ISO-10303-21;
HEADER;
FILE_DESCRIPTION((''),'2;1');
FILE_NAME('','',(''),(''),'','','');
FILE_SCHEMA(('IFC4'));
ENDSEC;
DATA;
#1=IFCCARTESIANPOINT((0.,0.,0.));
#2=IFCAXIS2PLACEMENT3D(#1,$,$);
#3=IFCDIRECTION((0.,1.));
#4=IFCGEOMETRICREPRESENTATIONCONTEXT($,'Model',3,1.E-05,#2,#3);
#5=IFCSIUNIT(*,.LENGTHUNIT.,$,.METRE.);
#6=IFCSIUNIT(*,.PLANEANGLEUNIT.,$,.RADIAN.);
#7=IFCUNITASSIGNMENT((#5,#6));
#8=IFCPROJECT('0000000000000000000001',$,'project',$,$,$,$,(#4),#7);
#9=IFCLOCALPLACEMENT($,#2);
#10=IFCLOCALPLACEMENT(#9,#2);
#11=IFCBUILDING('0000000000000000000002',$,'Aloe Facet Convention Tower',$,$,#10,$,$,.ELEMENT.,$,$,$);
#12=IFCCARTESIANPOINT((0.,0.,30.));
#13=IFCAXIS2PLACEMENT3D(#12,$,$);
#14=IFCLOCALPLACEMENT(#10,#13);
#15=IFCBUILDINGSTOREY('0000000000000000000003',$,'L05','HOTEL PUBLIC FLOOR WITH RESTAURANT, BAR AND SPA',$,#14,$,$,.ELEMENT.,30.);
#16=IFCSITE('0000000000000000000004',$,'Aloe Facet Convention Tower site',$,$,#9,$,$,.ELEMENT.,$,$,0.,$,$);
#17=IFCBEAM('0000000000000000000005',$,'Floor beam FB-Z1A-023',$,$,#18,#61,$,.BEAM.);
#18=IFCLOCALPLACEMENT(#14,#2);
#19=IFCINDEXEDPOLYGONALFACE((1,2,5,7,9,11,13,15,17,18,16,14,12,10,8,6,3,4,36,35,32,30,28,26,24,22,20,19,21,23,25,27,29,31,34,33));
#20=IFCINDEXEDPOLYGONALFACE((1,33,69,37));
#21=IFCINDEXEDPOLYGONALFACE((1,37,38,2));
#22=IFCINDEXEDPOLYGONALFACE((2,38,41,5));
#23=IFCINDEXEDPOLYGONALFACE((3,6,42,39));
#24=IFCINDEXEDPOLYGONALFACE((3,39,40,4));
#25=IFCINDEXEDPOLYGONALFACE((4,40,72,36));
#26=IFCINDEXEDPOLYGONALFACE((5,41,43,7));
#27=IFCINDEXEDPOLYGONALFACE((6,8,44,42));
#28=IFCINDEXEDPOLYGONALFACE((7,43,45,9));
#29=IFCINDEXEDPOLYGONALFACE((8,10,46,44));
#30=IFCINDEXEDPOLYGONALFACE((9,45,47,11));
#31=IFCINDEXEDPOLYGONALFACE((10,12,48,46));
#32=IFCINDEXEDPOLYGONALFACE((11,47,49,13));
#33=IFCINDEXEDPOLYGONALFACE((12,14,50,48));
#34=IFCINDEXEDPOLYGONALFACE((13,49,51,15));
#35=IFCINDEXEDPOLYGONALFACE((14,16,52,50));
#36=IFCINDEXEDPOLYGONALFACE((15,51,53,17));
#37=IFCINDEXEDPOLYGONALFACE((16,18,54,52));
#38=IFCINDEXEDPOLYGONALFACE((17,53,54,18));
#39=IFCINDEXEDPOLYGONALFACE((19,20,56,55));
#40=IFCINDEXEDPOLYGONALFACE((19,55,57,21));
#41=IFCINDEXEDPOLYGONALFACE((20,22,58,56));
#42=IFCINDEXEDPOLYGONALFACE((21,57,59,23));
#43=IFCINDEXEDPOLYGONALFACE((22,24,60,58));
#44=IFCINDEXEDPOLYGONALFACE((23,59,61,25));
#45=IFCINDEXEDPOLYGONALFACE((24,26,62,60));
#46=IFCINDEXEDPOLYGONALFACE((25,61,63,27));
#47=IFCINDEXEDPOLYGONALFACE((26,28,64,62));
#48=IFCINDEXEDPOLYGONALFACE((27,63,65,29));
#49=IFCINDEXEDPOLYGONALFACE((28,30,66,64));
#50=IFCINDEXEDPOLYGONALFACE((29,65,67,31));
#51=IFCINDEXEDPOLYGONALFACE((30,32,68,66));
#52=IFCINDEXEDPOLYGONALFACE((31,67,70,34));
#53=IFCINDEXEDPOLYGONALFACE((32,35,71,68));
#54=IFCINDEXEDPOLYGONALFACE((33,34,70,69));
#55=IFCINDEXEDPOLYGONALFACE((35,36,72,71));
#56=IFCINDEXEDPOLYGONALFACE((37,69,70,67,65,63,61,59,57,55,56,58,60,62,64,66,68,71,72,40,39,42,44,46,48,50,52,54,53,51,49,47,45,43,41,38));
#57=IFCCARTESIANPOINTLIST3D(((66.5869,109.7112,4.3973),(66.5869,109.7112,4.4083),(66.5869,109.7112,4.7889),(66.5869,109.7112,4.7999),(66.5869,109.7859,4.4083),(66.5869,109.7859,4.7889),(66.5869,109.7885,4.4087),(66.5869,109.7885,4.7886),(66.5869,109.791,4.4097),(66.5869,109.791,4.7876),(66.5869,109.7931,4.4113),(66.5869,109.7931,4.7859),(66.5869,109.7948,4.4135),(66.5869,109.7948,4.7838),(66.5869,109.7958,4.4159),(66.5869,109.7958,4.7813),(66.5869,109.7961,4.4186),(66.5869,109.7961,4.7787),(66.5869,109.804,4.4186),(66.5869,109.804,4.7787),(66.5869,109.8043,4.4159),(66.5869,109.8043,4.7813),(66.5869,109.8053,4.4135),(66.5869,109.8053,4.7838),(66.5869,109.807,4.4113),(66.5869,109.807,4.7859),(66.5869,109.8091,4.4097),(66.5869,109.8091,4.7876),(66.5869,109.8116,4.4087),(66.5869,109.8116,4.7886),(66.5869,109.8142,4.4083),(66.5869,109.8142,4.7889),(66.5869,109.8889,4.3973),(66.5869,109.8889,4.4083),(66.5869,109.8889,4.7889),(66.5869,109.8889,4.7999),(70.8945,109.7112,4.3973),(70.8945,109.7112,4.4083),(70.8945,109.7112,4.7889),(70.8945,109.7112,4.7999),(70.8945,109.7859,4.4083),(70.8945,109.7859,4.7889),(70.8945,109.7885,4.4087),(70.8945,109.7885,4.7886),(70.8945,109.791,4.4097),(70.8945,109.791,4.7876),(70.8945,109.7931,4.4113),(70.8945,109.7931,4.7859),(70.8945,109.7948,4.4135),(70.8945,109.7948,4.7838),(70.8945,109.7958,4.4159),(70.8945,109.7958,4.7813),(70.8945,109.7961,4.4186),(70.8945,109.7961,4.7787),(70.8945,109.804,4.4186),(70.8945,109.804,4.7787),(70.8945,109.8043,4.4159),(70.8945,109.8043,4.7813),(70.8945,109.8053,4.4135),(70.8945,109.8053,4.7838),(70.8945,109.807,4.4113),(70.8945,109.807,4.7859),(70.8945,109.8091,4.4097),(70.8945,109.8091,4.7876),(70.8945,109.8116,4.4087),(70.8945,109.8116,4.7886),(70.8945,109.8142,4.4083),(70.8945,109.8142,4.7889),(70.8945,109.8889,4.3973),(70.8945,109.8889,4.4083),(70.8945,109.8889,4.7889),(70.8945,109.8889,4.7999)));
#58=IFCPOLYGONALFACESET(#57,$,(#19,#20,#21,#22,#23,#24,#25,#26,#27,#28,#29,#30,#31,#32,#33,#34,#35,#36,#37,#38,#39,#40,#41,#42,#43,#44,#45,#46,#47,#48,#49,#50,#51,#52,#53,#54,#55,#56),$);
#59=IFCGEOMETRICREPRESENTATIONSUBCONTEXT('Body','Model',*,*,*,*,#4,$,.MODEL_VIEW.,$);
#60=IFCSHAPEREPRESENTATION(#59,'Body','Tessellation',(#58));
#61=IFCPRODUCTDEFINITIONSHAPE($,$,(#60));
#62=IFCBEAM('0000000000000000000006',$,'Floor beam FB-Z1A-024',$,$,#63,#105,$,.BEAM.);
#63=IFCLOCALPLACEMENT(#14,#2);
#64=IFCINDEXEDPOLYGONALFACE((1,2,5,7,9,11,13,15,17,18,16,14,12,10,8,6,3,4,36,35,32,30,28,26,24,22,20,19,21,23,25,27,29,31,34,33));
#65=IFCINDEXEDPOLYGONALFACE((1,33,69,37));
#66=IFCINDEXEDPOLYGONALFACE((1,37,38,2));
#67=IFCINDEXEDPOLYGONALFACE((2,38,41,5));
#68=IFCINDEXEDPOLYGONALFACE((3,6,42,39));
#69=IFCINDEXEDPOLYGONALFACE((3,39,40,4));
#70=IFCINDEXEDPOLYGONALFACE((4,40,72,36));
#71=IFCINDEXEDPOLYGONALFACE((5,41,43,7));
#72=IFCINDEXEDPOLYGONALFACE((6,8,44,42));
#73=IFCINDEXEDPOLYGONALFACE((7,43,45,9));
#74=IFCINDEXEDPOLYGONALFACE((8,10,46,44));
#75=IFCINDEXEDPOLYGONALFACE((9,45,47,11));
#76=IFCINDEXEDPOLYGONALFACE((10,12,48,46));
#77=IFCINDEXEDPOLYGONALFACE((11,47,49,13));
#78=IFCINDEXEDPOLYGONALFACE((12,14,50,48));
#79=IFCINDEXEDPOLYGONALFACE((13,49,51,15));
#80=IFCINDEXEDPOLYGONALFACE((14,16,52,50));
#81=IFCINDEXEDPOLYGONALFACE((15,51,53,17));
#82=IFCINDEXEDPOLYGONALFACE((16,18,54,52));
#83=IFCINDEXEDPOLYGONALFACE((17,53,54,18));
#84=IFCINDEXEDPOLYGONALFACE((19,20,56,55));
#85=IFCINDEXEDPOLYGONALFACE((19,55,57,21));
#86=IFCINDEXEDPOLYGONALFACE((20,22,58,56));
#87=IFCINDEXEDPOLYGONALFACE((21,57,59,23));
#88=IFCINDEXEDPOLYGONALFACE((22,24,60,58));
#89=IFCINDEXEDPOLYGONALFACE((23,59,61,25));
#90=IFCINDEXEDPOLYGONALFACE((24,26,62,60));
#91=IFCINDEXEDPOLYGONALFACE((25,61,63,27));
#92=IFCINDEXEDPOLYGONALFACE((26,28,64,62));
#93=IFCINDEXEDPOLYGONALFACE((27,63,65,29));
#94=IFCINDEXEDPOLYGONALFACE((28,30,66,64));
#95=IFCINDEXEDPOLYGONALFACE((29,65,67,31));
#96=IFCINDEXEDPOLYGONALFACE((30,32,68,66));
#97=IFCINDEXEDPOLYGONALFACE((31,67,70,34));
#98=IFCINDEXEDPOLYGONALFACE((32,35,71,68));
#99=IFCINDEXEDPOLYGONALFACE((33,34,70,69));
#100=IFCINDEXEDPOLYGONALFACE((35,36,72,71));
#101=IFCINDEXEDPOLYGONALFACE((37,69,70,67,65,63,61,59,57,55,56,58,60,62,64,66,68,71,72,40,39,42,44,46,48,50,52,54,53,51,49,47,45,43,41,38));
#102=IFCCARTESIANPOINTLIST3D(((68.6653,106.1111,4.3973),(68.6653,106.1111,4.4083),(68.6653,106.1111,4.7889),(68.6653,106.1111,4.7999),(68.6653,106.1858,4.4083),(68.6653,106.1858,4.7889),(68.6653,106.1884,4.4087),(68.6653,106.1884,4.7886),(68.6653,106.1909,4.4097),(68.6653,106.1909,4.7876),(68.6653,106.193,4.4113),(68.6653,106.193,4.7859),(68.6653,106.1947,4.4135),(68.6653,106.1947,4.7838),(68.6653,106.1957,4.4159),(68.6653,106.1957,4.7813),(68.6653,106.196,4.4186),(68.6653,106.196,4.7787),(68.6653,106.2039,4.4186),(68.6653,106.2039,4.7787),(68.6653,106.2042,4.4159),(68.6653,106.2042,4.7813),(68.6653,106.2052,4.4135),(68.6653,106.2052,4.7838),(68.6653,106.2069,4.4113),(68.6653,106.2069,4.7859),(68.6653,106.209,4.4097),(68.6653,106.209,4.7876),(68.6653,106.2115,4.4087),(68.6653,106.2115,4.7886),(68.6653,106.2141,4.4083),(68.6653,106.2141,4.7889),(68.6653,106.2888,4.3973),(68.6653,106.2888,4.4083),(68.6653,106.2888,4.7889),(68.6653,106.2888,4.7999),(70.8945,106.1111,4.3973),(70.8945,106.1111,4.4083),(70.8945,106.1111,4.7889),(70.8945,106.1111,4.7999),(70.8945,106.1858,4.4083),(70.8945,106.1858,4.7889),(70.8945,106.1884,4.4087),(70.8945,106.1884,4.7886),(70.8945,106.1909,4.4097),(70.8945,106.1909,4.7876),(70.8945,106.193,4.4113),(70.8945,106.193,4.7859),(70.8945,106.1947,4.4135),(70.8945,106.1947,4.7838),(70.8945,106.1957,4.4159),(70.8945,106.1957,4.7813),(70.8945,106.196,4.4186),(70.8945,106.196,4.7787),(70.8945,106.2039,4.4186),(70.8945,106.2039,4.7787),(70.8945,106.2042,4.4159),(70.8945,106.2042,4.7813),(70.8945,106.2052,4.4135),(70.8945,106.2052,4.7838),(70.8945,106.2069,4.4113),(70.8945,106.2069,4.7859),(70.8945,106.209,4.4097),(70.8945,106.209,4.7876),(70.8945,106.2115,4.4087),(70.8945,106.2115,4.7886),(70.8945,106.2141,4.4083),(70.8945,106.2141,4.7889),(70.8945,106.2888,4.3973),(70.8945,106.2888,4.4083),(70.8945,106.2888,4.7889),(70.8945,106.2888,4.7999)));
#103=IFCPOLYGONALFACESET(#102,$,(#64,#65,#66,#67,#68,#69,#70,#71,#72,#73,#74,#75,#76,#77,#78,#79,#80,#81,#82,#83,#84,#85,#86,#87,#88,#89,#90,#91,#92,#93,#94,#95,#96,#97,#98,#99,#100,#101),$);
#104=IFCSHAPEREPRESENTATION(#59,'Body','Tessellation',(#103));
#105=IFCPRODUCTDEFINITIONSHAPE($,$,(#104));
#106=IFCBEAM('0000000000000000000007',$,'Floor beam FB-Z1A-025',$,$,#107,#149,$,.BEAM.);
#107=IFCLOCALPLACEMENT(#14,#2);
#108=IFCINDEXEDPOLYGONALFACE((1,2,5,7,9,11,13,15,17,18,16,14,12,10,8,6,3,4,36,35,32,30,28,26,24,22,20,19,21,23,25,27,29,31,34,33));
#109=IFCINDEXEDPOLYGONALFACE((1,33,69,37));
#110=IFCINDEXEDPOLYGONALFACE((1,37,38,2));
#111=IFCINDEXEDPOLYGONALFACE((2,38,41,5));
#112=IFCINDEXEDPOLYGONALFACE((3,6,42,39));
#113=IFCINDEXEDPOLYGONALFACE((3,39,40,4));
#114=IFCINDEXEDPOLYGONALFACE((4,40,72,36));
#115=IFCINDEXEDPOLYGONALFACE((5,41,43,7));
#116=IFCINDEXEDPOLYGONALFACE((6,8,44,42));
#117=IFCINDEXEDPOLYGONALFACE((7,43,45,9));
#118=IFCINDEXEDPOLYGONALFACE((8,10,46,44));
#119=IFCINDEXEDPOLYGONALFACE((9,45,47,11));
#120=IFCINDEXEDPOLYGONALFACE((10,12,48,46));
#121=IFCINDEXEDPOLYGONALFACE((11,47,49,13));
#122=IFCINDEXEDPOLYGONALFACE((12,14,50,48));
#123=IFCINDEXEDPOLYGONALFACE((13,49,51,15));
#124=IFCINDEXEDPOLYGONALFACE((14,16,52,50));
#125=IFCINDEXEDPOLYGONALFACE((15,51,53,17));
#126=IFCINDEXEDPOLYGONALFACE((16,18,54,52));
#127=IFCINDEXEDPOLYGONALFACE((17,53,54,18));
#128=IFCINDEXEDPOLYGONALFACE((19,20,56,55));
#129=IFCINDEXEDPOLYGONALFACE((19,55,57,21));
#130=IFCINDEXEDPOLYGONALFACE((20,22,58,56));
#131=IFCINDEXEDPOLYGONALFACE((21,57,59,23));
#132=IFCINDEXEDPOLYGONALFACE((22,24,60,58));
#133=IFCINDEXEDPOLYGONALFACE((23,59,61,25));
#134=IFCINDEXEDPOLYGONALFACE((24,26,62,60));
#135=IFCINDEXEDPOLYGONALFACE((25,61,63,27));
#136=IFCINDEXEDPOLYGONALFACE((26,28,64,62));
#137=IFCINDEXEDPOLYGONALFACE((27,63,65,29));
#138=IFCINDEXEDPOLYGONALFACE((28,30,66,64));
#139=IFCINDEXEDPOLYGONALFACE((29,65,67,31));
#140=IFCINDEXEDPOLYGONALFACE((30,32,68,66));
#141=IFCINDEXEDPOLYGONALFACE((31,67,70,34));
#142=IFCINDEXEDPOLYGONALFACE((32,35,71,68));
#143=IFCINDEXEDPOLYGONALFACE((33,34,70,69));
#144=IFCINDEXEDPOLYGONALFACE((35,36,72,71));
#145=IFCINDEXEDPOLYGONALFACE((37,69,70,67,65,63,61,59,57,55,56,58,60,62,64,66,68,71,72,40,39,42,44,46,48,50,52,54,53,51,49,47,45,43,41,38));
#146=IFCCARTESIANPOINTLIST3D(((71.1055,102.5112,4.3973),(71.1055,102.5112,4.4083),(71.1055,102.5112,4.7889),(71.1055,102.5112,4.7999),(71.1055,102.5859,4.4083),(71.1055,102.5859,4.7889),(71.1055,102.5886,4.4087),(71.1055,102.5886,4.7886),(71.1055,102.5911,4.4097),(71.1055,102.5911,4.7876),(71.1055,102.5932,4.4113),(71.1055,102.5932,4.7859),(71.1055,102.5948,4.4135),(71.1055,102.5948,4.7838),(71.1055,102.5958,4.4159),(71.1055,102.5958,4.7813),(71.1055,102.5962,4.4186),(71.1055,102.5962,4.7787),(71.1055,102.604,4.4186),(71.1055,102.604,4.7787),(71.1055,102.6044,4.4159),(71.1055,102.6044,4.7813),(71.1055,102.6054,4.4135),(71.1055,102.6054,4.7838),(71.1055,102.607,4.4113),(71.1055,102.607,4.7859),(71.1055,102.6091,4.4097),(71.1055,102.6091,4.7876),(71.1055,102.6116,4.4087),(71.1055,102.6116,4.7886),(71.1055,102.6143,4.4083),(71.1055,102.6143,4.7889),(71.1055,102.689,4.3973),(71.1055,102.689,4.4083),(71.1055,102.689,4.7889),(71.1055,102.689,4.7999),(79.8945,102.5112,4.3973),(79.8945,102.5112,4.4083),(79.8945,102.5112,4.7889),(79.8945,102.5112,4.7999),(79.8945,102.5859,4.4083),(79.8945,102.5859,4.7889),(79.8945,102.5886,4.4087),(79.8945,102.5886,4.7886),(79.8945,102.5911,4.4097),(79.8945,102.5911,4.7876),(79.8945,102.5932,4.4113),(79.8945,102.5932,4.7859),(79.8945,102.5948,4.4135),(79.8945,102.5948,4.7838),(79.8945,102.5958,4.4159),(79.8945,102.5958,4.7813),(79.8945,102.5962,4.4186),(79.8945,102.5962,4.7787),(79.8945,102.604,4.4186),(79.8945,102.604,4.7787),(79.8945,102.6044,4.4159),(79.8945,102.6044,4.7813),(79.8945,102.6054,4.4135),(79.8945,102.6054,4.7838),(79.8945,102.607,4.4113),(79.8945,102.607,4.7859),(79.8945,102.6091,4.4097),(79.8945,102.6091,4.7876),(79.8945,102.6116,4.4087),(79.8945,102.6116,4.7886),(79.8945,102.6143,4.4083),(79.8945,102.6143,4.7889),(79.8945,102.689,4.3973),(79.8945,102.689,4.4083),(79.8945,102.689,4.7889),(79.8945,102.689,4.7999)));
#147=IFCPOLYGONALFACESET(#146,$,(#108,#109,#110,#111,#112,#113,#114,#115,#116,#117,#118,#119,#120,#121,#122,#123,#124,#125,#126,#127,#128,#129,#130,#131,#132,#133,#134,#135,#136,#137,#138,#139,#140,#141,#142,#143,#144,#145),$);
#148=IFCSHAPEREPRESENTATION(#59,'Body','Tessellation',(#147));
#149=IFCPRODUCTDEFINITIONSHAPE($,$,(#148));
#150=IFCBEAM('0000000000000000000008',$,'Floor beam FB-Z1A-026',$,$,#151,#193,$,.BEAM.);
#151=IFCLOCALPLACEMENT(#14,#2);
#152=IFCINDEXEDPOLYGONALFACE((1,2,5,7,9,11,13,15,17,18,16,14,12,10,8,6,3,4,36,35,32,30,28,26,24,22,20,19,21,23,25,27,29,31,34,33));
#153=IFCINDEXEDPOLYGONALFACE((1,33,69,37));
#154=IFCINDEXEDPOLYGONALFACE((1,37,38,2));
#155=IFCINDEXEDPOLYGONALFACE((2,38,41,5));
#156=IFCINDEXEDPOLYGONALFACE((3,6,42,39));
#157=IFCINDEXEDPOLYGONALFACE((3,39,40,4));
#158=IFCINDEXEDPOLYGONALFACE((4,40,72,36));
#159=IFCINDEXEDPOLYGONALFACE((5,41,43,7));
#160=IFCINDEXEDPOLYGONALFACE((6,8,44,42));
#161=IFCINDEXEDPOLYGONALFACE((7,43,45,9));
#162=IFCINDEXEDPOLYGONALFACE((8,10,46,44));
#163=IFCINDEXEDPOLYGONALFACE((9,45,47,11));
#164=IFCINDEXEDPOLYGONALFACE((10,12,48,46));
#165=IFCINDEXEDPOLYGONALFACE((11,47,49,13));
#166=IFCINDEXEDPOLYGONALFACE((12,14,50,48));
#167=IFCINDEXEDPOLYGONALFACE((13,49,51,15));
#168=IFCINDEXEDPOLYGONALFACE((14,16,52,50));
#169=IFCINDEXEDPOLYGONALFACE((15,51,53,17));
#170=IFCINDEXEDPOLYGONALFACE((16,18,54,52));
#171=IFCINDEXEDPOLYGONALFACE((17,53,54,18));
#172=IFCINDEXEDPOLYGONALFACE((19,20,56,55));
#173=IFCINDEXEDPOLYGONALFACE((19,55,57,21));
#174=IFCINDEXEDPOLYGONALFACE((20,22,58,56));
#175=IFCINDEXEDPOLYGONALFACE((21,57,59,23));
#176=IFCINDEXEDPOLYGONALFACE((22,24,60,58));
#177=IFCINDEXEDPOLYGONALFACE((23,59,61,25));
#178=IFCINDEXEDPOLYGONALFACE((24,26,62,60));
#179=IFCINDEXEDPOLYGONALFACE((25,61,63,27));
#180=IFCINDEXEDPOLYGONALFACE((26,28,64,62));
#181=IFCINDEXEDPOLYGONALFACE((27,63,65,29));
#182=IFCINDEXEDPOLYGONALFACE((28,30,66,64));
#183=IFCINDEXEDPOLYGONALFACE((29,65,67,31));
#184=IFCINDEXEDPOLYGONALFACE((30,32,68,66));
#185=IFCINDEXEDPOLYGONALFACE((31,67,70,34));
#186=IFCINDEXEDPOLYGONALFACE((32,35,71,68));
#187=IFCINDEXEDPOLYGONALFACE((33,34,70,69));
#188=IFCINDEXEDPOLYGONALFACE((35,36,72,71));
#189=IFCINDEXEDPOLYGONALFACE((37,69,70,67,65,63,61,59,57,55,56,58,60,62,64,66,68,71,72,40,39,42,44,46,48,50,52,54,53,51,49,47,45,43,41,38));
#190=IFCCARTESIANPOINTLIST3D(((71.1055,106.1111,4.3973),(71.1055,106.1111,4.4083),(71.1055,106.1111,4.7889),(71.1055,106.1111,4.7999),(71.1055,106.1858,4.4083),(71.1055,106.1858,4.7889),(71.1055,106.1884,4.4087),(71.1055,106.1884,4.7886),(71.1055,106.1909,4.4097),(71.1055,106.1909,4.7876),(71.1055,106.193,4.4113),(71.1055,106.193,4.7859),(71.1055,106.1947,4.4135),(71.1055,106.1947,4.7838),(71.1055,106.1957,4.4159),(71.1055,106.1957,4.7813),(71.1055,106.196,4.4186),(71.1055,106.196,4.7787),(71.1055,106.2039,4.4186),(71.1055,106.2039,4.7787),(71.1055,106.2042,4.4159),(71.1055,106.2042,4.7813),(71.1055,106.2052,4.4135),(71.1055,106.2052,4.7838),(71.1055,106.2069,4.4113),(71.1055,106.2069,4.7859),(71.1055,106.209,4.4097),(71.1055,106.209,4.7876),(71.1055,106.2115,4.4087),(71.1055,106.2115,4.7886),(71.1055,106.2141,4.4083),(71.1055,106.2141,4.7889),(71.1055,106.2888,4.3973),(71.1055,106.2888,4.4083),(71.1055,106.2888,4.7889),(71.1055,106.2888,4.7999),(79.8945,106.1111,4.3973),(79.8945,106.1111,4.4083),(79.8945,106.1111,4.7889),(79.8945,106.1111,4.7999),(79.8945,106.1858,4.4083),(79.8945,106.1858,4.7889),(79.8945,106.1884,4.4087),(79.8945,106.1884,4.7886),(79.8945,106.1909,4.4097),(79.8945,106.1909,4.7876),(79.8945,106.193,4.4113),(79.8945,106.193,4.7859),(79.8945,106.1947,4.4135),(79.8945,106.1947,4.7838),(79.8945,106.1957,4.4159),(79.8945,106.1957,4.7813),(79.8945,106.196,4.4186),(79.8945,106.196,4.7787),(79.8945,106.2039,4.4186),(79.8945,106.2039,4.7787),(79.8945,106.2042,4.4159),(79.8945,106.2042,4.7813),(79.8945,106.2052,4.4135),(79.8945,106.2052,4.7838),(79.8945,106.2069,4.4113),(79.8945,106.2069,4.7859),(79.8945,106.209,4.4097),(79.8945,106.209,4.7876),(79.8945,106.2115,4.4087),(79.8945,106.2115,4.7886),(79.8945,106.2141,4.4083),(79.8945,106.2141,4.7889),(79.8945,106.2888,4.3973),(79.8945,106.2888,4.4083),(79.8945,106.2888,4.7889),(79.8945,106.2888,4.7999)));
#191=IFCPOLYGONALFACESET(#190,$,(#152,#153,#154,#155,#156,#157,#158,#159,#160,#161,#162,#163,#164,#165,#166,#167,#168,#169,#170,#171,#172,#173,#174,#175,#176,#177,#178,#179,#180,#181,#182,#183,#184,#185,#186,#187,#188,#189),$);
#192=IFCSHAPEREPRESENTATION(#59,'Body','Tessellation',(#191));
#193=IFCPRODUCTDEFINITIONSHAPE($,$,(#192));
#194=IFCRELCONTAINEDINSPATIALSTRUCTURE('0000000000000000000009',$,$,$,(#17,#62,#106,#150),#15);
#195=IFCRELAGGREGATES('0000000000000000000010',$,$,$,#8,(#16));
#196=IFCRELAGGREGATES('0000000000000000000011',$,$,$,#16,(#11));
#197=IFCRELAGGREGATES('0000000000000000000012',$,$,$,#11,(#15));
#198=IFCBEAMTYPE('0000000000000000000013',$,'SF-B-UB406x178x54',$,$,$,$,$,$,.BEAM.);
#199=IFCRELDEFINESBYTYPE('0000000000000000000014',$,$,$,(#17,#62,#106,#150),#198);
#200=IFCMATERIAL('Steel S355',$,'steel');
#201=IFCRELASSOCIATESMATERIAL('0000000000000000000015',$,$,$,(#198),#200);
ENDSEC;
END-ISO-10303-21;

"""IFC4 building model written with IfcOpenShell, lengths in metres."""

from ifc_helpers import new_model, si_unit, direction, frame, origin, origin_2d, place, context, subcontext, project, spatial, i_section, extrude, material, material_profile, profile_set, type_object, element, save


model = new_model("IFC4")

# Units and contexts
model_context = context("Model", 3, precision=1e-05, world=origin(), true_north=direction((0.0, 1.0)))
body_context = subcontext(model_context, "Body", "Model", "MODEL_VIEW")
ifc_project = project(units=[si_unit("LENGTHUNIT", "METRE"), si_unit("PLANEANGLEUNIT", "RADIAN")], contexts=[model_context])

# Site, building, storey
site_placement = place(None, origin())
site = spatial("IfcSite", under=ifc_project, at=site_placement, Name="Aloe Facet Convention Tower site", CompositionType="ELEMENT", RefElevation=0.0)
building_placement = place(site_placement, origin())
building = spatial("IfcBuilding", under=site, at=building_placement, Name="Aloe Facet Convention Tower", CompositionType="ELEMENT")
storey_placement = place(building_placement, frame((0.0, 0.0, 30.0)))
storey = spatial("IfcBuildingStorey", under=building, at=storey_placement, Name="L05", Description="HOTEL PUBLIC FLOOR WITH RESTAURANT, BAR AND SPA", CompositionType="ELEMENT", Elevation=30.0)

# Beams
ifc_material_1 = material(Name="Steel S355", Category="steel")
ifc_material_profile_1 = material_profile(ifc_material_1, i_section(OverallWidth=0.1777, OverallDepth=0.4026, WebThickness=0.0078, FlangeThickness=0.011, FilletRadius=0.0103, at=origin_2d()), Name="UB 406x178x54")
ifc_profile_set_1 = profile_set([ifc_material_profile_1], Name="Steel S355")
beam_type_1 = type_object("IfcBeamType", Name="SF-B-UB406x178x54", PredefinedType="BEAM", material=ifc_profile_set_1)
beam_1_placement = place(storey_placement, frame((66.5869, 109.8, 4.5986), z_axis=(1.0, 0.0, 0.0), x_axis=(0.0, 1.0, 0.0)))
element("IfcBeam", 1, at=beam_1_placement, inside=storey, type_object=beam_type_1, Name="Floor beam FB-Z1A-023", PredefinedType="BEAM", context=body_context, shape_type="SweptSolid", body=[
    extrude(i_section(OverallWidth=0.1777, OverallDepth=0.4026, WebThickness=0.0078, FlangeThickness=0.011, FilletRadius=0.0103, at=origin_2d()), origin(), (0.0, 0.0, 1.0), 4.3076),
])
beam_2_placement = place(storey_placement, frame((68.6653, 106.2, 4.5986), z_axis=(1.0, 0.0, 0.0), x_axis=(0.0, 1.0, 0.0)))
element("IfcBeam", 2, at=beam_2_placement, inside=storey, type_object=beam_type_1, Name="Floor beam FB-Z1A-024", PredefinedType="BEAM", context=body_context, shape_type="SweptSolid", body=[
    extrude(i_section(OverallWidth=0.1777, OverallDepth=0.4026, WebThickness=0.0078, FlangeThickness=0.011, FilletRadius=0.0103, at=origin_2d()), origin(), (0.0, 0.0, 1.0), 2.2292),
])
for number, where, z_axis, x_axis, name in (
    (3, (71.1055, 102.6001, 4.5986), (1.0, 0.0, 0.0), (0.0, 1.0, 0.0), "Floor beam FB-Z1A-025"),
    (4, (71.1055, 106.2, 4.5986), (1.0, 0.0, 0.0), (0.0, 1.0, 0.0), "Floor beam FB-Z1A-026"),
):
    element("IfcBeam", number, at=place(storey_placement, frame(where, z_axis=z_axis, x_axis=x_axis)), inside=storey, type_object=beam_type_1, Name=name, PredefinedType="BEAM", context=body_context, shape_type="SweptSolid", body=[
        extrude(i_section(OverallWidth=0.1777, OverallDepth=0.4026, WebThickness=0.0078, FlangeThickness=0.011, FilletRadius=0.0103, at=origin_2d()), origin(), (0.0, 0.0, 1.0), 8.7891),
    ])

save(model, "model.ifc")
